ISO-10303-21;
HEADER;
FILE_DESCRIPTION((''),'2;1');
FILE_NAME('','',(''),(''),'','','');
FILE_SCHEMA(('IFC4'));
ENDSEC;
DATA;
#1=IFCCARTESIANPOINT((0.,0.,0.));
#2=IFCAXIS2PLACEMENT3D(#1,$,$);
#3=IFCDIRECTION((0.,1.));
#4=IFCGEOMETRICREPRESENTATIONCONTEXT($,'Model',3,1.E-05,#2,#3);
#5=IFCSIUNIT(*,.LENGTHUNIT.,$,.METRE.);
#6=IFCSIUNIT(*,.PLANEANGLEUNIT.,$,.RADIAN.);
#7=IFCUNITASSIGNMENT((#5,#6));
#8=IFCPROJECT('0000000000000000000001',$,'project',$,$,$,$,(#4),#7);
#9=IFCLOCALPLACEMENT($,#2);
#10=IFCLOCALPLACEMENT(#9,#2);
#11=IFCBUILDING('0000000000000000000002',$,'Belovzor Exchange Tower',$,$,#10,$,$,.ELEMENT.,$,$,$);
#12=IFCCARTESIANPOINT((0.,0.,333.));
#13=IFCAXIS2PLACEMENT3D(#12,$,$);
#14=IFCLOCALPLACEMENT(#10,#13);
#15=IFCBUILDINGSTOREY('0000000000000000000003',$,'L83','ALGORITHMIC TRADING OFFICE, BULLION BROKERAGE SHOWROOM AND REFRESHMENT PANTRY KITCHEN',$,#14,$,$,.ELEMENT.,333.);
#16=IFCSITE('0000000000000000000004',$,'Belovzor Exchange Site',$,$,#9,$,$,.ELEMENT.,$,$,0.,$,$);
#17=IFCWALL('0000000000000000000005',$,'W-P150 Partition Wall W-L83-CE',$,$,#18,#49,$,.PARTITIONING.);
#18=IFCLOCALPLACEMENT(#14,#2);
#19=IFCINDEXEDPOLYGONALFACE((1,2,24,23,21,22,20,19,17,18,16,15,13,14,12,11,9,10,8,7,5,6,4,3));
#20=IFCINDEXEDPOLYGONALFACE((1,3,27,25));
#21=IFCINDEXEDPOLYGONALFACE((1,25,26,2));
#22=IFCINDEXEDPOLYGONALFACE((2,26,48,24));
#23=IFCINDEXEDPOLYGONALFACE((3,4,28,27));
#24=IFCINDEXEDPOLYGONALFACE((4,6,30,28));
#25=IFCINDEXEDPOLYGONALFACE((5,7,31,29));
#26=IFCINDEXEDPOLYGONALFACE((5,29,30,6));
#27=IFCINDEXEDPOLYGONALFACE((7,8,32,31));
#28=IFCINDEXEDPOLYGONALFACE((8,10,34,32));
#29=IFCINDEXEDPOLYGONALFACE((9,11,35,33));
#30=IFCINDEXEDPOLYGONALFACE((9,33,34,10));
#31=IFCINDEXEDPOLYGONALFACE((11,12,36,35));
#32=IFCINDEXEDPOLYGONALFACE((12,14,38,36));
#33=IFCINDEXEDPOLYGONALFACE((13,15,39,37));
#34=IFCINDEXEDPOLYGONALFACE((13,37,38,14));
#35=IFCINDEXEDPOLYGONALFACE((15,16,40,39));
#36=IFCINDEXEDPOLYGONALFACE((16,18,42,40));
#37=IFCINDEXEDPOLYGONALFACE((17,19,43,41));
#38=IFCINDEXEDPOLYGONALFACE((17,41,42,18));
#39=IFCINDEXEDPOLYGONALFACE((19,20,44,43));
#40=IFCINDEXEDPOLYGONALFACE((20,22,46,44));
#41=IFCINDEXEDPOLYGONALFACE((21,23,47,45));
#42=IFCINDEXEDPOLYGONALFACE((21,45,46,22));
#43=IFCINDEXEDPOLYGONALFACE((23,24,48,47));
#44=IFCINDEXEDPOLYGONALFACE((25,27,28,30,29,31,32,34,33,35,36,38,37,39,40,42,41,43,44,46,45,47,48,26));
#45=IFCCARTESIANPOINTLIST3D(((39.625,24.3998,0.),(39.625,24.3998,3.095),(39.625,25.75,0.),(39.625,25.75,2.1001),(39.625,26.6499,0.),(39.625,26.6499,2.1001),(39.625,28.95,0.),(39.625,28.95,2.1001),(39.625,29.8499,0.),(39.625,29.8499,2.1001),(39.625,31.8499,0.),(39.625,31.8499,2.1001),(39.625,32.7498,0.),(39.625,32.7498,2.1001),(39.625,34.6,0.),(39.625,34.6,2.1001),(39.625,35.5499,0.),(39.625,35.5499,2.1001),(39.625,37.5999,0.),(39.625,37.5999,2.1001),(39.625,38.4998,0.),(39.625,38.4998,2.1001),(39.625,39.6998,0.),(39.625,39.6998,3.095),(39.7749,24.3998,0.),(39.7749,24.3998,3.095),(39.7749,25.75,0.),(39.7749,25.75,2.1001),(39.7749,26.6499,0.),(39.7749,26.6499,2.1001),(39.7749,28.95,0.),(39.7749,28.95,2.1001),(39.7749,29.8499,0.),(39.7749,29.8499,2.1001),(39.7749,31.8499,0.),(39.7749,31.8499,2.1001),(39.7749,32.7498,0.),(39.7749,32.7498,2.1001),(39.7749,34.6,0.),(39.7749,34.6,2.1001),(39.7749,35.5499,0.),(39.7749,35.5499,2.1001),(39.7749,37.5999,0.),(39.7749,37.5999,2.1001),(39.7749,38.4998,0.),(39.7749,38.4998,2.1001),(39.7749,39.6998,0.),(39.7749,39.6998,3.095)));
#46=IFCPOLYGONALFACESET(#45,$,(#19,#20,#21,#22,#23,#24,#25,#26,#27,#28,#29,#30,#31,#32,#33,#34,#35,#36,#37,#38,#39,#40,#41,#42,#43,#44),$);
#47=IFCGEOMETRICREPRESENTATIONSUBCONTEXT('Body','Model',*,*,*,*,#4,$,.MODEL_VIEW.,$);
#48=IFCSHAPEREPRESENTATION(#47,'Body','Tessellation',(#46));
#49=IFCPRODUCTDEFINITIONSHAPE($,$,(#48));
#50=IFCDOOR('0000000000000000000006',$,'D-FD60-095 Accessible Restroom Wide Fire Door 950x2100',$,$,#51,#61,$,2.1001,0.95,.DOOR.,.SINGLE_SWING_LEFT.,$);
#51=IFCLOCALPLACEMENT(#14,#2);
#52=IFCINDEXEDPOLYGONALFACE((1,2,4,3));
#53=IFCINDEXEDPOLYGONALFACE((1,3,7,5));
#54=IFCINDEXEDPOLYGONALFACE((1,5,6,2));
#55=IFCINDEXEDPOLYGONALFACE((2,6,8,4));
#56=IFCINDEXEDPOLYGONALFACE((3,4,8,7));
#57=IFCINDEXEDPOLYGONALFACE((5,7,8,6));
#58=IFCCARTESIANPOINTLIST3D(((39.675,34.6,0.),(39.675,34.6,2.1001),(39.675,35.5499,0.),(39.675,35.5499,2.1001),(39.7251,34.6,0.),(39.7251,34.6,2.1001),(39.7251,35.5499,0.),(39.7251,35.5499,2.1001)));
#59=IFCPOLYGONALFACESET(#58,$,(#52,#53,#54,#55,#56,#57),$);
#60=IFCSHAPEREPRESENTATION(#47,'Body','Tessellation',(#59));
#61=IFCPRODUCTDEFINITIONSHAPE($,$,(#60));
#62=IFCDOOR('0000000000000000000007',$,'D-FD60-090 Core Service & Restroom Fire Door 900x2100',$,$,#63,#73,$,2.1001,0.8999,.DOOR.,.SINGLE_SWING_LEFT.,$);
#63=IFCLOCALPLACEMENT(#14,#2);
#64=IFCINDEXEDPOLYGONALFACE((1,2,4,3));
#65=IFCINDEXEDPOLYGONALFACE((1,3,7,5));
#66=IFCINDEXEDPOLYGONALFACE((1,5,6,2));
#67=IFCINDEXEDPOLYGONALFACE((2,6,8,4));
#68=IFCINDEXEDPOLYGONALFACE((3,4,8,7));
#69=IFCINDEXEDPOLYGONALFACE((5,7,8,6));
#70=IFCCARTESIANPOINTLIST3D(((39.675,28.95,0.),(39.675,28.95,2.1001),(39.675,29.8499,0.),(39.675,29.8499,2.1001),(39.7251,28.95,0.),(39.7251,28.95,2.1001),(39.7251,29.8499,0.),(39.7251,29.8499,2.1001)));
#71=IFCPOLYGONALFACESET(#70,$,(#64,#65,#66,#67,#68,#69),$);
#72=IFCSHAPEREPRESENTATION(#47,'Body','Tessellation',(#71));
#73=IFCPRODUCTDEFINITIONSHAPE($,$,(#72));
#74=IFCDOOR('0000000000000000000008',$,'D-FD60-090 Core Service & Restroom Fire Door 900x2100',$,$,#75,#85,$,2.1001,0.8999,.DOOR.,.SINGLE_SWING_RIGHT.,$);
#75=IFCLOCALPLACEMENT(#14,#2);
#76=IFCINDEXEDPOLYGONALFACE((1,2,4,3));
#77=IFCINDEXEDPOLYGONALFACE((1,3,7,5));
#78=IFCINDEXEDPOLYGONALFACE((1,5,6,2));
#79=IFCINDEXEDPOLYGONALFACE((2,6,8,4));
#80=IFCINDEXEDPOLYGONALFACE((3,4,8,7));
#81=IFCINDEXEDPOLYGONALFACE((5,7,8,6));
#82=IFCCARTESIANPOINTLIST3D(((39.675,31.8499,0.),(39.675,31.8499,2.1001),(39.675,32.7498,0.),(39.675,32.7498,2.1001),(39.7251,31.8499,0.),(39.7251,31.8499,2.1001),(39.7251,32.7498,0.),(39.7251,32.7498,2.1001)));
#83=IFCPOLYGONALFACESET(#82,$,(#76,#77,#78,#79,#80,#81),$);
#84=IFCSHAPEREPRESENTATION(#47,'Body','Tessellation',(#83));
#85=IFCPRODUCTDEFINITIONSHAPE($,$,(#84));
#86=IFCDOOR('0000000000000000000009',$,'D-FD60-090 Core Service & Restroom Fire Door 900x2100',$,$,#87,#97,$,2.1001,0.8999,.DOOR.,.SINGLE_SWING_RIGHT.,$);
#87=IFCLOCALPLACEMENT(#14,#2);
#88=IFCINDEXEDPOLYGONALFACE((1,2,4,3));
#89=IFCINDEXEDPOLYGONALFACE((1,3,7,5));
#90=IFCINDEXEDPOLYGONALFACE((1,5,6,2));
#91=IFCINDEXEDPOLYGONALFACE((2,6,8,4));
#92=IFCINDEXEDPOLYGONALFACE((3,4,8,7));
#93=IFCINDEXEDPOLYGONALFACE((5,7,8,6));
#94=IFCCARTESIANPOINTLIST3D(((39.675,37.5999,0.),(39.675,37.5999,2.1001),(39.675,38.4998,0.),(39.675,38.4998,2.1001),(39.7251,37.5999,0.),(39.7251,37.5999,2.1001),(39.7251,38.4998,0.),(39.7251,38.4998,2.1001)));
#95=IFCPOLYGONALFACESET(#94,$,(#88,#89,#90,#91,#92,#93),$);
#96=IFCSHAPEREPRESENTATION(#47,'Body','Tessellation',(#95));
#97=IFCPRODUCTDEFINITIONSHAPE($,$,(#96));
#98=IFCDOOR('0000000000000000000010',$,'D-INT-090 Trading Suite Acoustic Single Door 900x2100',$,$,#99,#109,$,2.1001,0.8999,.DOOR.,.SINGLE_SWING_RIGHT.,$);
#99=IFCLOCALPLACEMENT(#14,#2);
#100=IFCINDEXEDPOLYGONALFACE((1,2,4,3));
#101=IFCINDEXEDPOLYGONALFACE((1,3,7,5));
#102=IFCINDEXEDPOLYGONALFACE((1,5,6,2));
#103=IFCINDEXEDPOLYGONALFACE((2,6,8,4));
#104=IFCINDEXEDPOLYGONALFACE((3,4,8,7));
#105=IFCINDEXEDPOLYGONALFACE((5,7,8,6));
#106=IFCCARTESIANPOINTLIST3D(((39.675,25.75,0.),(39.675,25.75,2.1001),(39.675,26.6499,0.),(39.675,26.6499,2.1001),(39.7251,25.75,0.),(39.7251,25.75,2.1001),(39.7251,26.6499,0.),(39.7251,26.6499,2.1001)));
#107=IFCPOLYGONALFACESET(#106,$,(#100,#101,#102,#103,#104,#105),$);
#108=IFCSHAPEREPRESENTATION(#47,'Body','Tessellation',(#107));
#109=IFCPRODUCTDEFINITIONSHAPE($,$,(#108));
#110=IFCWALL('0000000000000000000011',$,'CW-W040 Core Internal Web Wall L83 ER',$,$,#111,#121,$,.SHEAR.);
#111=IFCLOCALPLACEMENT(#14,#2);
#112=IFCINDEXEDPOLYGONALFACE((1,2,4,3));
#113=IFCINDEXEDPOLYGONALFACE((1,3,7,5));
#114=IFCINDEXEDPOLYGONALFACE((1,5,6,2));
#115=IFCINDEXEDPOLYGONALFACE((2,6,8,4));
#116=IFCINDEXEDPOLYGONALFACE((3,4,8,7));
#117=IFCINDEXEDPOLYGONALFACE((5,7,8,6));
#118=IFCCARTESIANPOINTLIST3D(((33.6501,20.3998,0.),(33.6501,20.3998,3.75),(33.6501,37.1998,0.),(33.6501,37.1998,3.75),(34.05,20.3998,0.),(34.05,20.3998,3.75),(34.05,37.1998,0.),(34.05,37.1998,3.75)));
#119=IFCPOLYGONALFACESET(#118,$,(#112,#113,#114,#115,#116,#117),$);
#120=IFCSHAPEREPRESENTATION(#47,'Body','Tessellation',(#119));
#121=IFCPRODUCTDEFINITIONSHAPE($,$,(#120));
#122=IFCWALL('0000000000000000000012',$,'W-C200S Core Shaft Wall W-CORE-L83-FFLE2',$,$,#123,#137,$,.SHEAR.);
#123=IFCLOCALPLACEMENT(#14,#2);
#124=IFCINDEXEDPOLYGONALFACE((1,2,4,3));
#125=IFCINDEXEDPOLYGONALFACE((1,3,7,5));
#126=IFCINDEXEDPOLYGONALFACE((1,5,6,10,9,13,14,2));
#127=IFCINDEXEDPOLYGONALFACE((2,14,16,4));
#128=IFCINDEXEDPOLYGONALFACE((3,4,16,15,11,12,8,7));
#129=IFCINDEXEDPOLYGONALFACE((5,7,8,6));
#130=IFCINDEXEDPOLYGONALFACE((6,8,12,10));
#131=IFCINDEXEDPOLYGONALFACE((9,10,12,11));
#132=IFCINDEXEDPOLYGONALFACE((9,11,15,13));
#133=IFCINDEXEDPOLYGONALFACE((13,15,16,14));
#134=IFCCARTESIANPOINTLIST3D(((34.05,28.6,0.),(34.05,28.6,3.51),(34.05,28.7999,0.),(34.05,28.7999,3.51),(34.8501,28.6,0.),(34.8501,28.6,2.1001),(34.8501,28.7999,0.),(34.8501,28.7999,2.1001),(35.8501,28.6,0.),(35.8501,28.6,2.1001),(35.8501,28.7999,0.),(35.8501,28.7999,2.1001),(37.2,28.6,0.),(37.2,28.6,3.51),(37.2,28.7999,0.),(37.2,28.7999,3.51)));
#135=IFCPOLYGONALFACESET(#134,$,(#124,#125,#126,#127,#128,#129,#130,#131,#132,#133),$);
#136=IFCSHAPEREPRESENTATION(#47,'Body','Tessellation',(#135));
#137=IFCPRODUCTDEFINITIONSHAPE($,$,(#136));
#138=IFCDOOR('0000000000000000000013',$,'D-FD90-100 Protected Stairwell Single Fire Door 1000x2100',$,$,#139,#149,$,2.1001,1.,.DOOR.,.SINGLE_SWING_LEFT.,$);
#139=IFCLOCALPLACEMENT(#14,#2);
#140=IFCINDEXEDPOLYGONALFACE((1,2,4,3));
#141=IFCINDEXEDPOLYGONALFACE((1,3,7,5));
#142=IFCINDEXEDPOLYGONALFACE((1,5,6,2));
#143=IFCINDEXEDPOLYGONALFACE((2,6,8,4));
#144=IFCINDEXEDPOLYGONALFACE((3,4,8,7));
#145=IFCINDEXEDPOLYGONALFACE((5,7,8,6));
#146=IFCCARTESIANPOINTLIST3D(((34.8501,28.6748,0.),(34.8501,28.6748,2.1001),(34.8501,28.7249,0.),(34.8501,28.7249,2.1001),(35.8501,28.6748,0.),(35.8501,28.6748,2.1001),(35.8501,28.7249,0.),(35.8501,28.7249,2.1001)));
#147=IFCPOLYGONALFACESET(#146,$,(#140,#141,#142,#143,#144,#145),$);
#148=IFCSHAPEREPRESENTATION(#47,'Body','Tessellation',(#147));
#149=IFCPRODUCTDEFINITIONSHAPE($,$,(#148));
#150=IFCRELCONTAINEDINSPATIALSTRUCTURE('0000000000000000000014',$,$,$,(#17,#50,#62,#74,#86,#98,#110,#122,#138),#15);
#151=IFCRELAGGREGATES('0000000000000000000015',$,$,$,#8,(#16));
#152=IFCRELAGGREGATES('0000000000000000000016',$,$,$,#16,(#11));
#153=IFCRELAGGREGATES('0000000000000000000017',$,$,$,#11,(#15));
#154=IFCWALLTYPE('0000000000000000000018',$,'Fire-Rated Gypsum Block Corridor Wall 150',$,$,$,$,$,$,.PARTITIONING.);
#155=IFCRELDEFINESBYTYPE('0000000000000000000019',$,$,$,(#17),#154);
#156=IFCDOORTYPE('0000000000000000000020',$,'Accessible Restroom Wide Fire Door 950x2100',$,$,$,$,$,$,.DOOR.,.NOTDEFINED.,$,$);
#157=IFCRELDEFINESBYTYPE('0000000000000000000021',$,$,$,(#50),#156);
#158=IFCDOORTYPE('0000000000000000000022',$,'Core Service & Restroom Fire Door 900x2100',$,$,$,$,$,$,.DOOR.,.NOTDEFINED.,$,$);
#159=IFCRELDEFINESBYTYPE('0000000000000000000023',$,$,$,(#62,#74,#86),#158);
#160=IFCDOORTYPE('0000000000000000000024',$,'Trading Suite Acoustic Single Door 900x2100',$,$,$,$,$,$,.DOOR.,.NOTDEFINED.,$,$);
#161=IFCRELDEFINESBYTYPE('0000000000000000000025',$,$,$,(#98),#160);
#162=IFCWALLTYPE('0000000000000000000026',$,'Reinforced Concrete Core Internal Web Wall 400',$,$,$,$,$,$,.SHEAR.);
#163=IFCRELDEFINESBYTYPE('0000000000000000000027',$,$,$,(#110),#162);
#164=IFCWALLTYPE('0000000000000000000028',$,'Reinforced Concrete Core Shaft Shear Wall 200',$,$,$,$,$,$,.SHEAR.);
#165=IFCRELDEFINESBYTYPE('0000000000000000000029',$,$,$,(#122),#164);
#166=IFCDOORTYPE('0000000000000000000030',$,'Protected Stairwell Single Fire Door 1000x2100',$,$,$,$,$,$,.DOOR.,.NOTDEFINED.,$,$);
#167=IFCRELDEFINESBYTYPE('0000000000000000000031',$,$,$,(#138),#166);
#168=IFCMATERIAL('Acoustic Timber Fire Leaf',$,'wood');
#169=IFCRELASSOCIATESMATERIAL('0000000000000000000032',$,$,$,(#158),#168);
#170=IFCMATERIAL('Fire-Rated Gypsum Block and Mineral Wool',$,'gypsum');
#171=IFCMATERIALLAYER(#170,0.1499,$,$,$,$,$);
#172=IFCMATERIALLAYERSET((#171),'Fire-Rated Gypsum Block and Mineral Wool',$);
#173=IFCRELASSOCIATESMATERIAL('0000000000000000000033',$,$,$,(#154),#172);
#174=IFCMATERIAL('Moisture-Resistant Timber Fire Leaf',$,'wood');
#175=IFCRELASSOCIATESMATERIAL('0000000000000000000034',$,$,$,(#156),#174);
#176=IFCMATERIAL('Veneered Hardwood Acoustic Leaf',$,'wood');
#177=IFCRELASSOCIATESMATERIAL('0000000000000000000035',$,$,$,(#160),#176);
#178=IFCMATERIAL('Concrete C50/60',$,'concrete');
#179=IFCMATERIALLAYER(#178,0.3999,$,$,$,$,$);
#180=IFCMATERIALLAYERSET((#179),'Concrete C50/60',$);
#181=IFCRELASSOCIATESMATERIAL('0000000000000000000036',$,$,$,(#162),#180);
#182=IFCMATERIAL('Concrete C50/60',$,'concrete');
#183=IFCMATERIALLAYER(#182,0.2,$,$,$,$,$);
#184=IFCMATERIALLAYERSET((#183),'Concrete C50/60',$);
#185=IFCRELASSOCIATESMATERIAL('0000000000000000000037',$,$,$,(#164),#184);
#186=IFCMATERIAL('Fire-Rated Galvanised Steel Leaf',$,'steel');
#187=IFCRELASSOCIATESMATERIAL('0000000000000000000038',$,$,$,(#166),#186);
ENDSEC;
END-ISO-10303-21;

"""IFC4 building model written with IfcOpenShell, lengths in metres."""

from ifc_helpers import new_model, si_unit, direction, frame, frame_2d, origin, place, context, subcontext, project, spatial, rectangle, extrude, material, layer, layer_set, type_object, element, fill, save


model = new_model("IFC4")

# Units and contexts
model_context = context("Model", 3, precision=1e-05, world=origin(), true_north=direction((0.0, 1.0)))
body_context = subcontext(model_context, "Body", "Model", "MODEL_VIEW")
ifc_project = project(units=[si_unit("LENGTHUNIT", "METRE"), si_unit("PLANEANGLEUNIT", "RADIAN")], contexts=[model_context])

# Site, building, storey
site_placement = place(None, origin())
site = spatial("IfcSite", under=ifc_project, at=site_placement, Name="Belovzor Exchange Site", CompositionType="ELEMENT", RefElevation=0.0)
building_placement = place(site_placement, origin())
building = spatial("IfcBuilding", under=site, at=building_placement, Name="Belovzor Exchange Tower", CompositionType="ELEMENT")
storey_placement = place(building_placement, frame((0.0, 0.0, 333.0)))
storey = spatial("IfcBuildingStorey", under=building, at=storey_placement, Name="L83", Description="ALGORITHMIC TRADING OFFICE, BULLION BROKERAGE SHOWROOM AND REFRESHMENT PANTRY KITCHEN", CompositionType="ELEMENT", Elevation=333.0)

# Shared definitions
ifc_material_1 = material(Name="Acoustic Timber Fire Leaf", Category="wood")
door_type_1 = type_object("IfcDoorType", Name="Core Service & Restroom Fire Door 900x2100", OperationType="NOTDEFINED", PredefinedType="DOOR", material=ifc_material_1)

# Shared definitions
ifc_material_2 = material(Name="Fire-Rated Gypsum Block and Mineral Wool", Category="gypsum")
ifc_layer_1 = layer(ifc_material_2, 0.1499)
ifc_layer_set_1 = layer_set([ifc_layer_1], Name="Fire-Rated Gypsum Block and Mineral Wool")
wall_type_1 = type_object("IfcWallType", Name="Fire-Rated Gypsum Block Corridor Wall 150", PredefinedType="PARTITIONING", material=ifc_layer_set_1)

# Wall, openings, doors
wall_1_placement = place(storey_placement, frame((39.7, 24.3999, 0.0), z_axis=(0.0, 0.0, 1.0), x_axis=(0.0, 1.0, 0.0)))
wall_1 = element("IfcWall", 1, at=wall_1_placement, inside=storey, type_object=wall_type_1, Name="W-P150 Partition Wall W-L83-CE", PredefinedType="PARTITIONING", context=body_context, shape_type="SweptSolid", body=[
    extrude(rectangle(XDim=15.3, YDim=0.1499, at=frame_2d((7.6499, 0.0))), origin(), (0.0, 0.0, 1.0), 3.095),
])
opening_1_placement = place(wall_1_placement, frame((1.3501, 0.0, 0.0)))
opening_1 = element("IfcOpeningElement", 2, at=opening_1_placement, cuts=wall_1, PredefinedType="OPENING", context=body_context, shape_type="SweptSolid", body=[
    extrude(rectangle(XDim=0.8999, YDim=2.1001, at=frame_2d((0.45, 1.05))), frame((0.0, 0.085, 0.0), z_axis=(0.0, -1.0, 0.0), x_axis=(1.0, 0.0, 0.0)), (0.0, 0.0, 1.0), 0.1699),
])
opening_2_placement = place(wall_1_placement, frame((4.55, 0.0, 0.0)))
opening_2 = element("IfcOpeningElement", 3, at=opening_2_placement, cuts=wall_1, PredefinedType="OPENING", context=body_context, shape_type="SweptSolid", body=[
    extrude(rectangle(XDim=0.8999, YDim=2.1001, at=frame_2d((0.45, 1.05))), frame((0.0, 0.085, 0.0), z_axis=(0.0, -1.0, 0.0), x_axis=(1.0, 0.0, 0.0)), (0.0, 0.0, 1.0), 0.1699),
])
opening_3_placement = place(wall_1_placement, frame((7.45, 0.0, 0.0)))
opening_3 = element("IfcOpeningElement", 4, at=opening_3_placement, cuts=wall_1, PredefinedType="OPENING", context=body_context, shape_type="SweptSolid", body=[
    extrude(rectangle(XDim=0.8999, YDim=2.1001, at=frame_2d((0.45, 1.05))), frame((0.0, 0.085, 0.0), z_axis=(0.0, -1.0, 0.0), x_axis=(1.0, 0.0, 0.0)), (0.0, 0.0, 1.0), 0.1699),
])
opening_4_placement = place(wall_1_placement, frame((10.2, 0.0, 0.0)))
opening_4 = element("IfcOpeningElement", 5, at=opening_4_placement, cuts=wall_1, PredefinedType="OPENING", context=body_context, shape_type="SweptSolid", body=[
    extrude(rectangle(XDim=0.95, YDim=2.1001, at=frame_2d((0.4751, 1.05))), frame((0.0, 0.085, 0.0), z_axis=(0.0, -1.0, 0.0), x_axis=(1.0, 0.0, 0.0)), (0.0, 0.0, 1.0), 0.1699),
])
opening_5_placement = place(wall_1_placement, frame((13.2, 0.0, 0.0)))
opening_5 = element("IfcOpeningElement", 6, at=opening_5_placement, cuts=wall_1, PredefinedType="OPENING", context=body_context, shape_type="SweptSolid", body=[
    extrude(rectangle(XDim=0.8999, YDim=2.1001, at=frame_2d((0.45, 1.05))), frame((0.0, 0.085, 0.0), z_axis=(0.0, -1.0, 0.0), x_axis=(1.0, 0.0, 0.0)), (0.0, 0.0, 1.0), 0.1699),
])
ifc_material_3 = material(Name="Moisture-Resistant Timber Fire Leaf", Category="wood")
door_type_2 = type_object("IfcDoorType", Name="Accessible Restroom Wide Fire Door 950x2100", OperationType="NOTDEFINED", PredefinedType="DOOR", material=ifc_material_3)
door_1_placement = place(opening_4_placement, origin())
door_1 = element("IfcDoor", 7, at=door_1_placement, inside=storey, type_object=door_type_2, Name="D-FD60-095 Accessible Restroom Wide Fire Door 950x2100", OperationType="SINGLE_SWING_LEFT", OverallHeight=2.1001, OverallWidth=0.95, PredefinedType="DOOR", context=body_context, shape_type="SweptSolid", body=[
    extrude(rectangle(XDim=0.95, YDim=2.1001, at=frame_2d((0.4751, 1.05))), frame((0.0, 0.0249, 0.0), z_axis=(0.0, -1.0, 0.0), x_axis=(1.0, 0.0, 0.0)), (0.0, 0.0, 1.0), 0.05),
])
fill(opening_4, door_1)
door_2_placement = place(opening_2_placement, origin())
door_2 = element("IfcDoor", 8, at=door_2_placement, inside=storey, type_object=door_type_1, Name="D-FD60-090 Core Service & Restroom Fire Door 900x2100", OperationType="SINGLE_SWING_LEFT", OverallHeight=2.1001, OverallWidth=0.8999, PredefinedType="DOOR", context=body_context, shape_type="SweptSolid", body=[
    extrude(rectangle(XDim=0.8999, YDim=2.1001, at=frame_2d((0.45, 1.05))), frame((0.0, 0.0249, 0.0), z_axis=(0.0, -1.0, 0.0), x_axis=(1.0, 0.0, 0.0)), (0.0, 0.0, 1.0), 0.05),
])
fill(opening_2, door_2)
door_3_placement = place(opening_3_placement, origin())
door_3 = element("IfcDoor", 9, at=door_3_placement, inside=storey, type_object=door_type_1, Name="D-FD60-090 Core Service & Restroom Fire Door 900x2100", OperationType="SINGLE_SWING_RIGHT", OverallHeight=2.1001, OverallWidth=0.8999, PredefinedType="DOOR", context=body_context, shape_type="SweptSolid", body=[
    extrude(rectangle(XDim=0.8999, YDim=2.1001, at=frame_2d((0.45, 1.05))), frame((0.0, 0.0249, 0.0), z_axis=(0.0, -1.0, 0.0), x_axis=(1.0, 0.0, 0.0)), (0.0, 0.0, 1.0), 0.05),
])
fill(opening_3, door_3)
door_4_placement = place(opening_5_placement, origin())
door_4 = element("IfcDoor", 10, at=door_4_placement, inside=storey, type_object=door_type_1, Name="D-FD60-090 Core Service & Restroom Fire Door 900x2100", OperationType="SINGLE_SWING_RIGHT", OverallHeight=2.1001, OverallWidth=0.8999, PredefinedType="DOOR", context=body_context, shape_type="SweptSolid", body=[
    extrude(rectangle(XDim=0.8999, YDim=2.1001, at=frame_2d((0.45, 1.05))), frame((0.0, 0.0249, 0.0), z_axis=(0.0, -1.0, 0.0), x_axis=(1.0, 0.0, 0.0)), (0.0, 0.0, 1.0), 0.05),
])
fill(opening_5, door_4)
ifc_material_4 = material(Name="Veneered Hardwood Acoustic Leaf", Category="wood")
door_type_3 = type_object("IfcDoorType", Name="Trading Suite Acoustic Single Door 900x2100", OperationType="NOTDEFINED", PredefinedType="DOOR", material=ifc_material_4)
door_5_placement = place(opening_1_placement, origin())
door_5 = element("IfcDoor", 11, at=door_5_placement, inside=storey, type_object=door_type_3, Name="D-INT-090 Trading Suite Acoustic Single Door 900x2100", OperationType="SINGLE_SWING_RIGHT", OverallHeight=2.1001, OverallWidth=0.8999, PredefinedType="DOOR", context=body_context, shape_type="SweptSolid", body=[
    extrude(rectangle(XDim=0.8999, YDim=2.1001, at=frame_2d((0.45, 1.05))), frame((0.0, 0.0249, 0.0), z_axis=(0.0, -1.0, 0.0), x_axis=(1.0, 0.0, 0.0)), (0.0, 0.0, 1.0), 0.05),
])
fill(opening_1, door_5)

# Wall
ifc_material_5 = material(Name="Concrete C50/60", Category="concrete")
ifc_layer_2 = layer(ifc_material_5, 0.3999)
ifc_layer_set_2 = layer_set([ifc_layer_2], Name="Concrete C50/60")
wall_type_2 = type_object("IfcWallType", Name="Reinforced Concrete Core Internal Web Wall 400", PredefinedType="SHEAR", material=ifc_layer_set_2)
wall_2_placement = place(storey_placement, frame((33.8501, 20.3999, 0.0), z_axis=(0.0, 0.0, 1.0), x_axis=(0.0, 1.0, 0.0)))
element("IfcWall", 12, at=wall_2_placement, inside=storey, type_object=wall_type_2, Name="CW-W040 Core Internal Web Wall L83 ER", PredefinedType="SHEAR", context=body_context, shape_type="SweptSolid", body=[
    extrude(rectangle(XDim=16.8, YDim=0.3999, at=frame_2d((8.3999, 0.0))), origin(), (0.0, 0.0, 1.0), 3.75),
])

# Wall, opening, door
ifc_material_6 = material(Name="Concrete C50/60", Category="concrete")
ifc_layer_3 = layer(ifc_material_6, 0.2)
ifc_layer_set_3 = layer_set([ifc_layer_3], Name="Concrete C50/60")
wall_type_3 = type_object("IfcWallType", Name="Reinforced Concrete Core Shaft Shear Wall 200", PredefinedType="SHEAR", material=ifc_layer_set_3)
wall_3_placement = place(storey_placement, frame((34.05, 28.7, 0.0), z_axis=(0.0, 0.0, 1.0), x_axis=(1.0, 0.0, 0.0)))
wall_3 = element("IfcWall", 13, at=wall_3_placement, inside=storey, type_object=wall_type_3, Name="W-C200S Core Shaft Wall W-CORE-L83-FFLE2", PredefinedType="SHEAR", context=body_context, shape_type="SweptSolid", body=[
    extrude(rectangle(XDim=3.1499, YDim=0.2, at=frame_2d((1.575, 0.0))), origin(), (0.0, 0.0, 1.0), 3.51),
])
opening_6_placement = place(wall_3_placement, frame((0.8, 0.0, 0.0)))
opening_6 = element("IfcOpeningElement", 14, at=opening_6_placement, cuts=wall_3, PredefinedType="OPENING", context=body_context, shape_type="SweptSolid", body=[
    extrude(rectangle(XDim=1.0, YDim=2.1001, at=frame_2d((0.5, 1.05))), frame((0.0, 0.1099, 0.0), z_axis=(0.0, -1.0, 0.0), x_axis=(1.0, 0.0, 0.0)), (0.0, 0.0, 1.0), 0.22),
])
ifc_material_7 = material(Name="Fire-Rated Galvanised Steel Leaf", Category="steel")
door_type_4 = type_object("IfcDoorType", Name="Protected Stairwell Single Fire Door 1000x2100", OperationType="NOTDEFINED", PredefinedType="DOOR", material=ifc_material_7)
door_6_placement = place(opening_6_placement, origin())
door_6 = element("IfcDoor", 15, at=door_6_placement, inside=storey, type_object=door_type_4, Name="D-FD90-100 Protected Stairwell Single Fire Door 1000x2100", OperationType="SINGLE_SWING_LEFT", OverallHeight=2.1001, OverallWidth=1.0, PredefinedType="DOOR", context=body_context, shape_type="SweptSolid", body=[
    extrude(rectangle(XDim=1.0, YDim=2.1001, at=frame_2d((0.5, 1.05))), frame((0.0, 0.0249, 0.0), z_axis=(0.0, -1.0, 0.0), x_axis=(1.0, 0.0, 0.0)), (0.0, 0.0, 1.0), 0.05),
])
fill(opening_6, door_6)

save(model, "model.ifc")
